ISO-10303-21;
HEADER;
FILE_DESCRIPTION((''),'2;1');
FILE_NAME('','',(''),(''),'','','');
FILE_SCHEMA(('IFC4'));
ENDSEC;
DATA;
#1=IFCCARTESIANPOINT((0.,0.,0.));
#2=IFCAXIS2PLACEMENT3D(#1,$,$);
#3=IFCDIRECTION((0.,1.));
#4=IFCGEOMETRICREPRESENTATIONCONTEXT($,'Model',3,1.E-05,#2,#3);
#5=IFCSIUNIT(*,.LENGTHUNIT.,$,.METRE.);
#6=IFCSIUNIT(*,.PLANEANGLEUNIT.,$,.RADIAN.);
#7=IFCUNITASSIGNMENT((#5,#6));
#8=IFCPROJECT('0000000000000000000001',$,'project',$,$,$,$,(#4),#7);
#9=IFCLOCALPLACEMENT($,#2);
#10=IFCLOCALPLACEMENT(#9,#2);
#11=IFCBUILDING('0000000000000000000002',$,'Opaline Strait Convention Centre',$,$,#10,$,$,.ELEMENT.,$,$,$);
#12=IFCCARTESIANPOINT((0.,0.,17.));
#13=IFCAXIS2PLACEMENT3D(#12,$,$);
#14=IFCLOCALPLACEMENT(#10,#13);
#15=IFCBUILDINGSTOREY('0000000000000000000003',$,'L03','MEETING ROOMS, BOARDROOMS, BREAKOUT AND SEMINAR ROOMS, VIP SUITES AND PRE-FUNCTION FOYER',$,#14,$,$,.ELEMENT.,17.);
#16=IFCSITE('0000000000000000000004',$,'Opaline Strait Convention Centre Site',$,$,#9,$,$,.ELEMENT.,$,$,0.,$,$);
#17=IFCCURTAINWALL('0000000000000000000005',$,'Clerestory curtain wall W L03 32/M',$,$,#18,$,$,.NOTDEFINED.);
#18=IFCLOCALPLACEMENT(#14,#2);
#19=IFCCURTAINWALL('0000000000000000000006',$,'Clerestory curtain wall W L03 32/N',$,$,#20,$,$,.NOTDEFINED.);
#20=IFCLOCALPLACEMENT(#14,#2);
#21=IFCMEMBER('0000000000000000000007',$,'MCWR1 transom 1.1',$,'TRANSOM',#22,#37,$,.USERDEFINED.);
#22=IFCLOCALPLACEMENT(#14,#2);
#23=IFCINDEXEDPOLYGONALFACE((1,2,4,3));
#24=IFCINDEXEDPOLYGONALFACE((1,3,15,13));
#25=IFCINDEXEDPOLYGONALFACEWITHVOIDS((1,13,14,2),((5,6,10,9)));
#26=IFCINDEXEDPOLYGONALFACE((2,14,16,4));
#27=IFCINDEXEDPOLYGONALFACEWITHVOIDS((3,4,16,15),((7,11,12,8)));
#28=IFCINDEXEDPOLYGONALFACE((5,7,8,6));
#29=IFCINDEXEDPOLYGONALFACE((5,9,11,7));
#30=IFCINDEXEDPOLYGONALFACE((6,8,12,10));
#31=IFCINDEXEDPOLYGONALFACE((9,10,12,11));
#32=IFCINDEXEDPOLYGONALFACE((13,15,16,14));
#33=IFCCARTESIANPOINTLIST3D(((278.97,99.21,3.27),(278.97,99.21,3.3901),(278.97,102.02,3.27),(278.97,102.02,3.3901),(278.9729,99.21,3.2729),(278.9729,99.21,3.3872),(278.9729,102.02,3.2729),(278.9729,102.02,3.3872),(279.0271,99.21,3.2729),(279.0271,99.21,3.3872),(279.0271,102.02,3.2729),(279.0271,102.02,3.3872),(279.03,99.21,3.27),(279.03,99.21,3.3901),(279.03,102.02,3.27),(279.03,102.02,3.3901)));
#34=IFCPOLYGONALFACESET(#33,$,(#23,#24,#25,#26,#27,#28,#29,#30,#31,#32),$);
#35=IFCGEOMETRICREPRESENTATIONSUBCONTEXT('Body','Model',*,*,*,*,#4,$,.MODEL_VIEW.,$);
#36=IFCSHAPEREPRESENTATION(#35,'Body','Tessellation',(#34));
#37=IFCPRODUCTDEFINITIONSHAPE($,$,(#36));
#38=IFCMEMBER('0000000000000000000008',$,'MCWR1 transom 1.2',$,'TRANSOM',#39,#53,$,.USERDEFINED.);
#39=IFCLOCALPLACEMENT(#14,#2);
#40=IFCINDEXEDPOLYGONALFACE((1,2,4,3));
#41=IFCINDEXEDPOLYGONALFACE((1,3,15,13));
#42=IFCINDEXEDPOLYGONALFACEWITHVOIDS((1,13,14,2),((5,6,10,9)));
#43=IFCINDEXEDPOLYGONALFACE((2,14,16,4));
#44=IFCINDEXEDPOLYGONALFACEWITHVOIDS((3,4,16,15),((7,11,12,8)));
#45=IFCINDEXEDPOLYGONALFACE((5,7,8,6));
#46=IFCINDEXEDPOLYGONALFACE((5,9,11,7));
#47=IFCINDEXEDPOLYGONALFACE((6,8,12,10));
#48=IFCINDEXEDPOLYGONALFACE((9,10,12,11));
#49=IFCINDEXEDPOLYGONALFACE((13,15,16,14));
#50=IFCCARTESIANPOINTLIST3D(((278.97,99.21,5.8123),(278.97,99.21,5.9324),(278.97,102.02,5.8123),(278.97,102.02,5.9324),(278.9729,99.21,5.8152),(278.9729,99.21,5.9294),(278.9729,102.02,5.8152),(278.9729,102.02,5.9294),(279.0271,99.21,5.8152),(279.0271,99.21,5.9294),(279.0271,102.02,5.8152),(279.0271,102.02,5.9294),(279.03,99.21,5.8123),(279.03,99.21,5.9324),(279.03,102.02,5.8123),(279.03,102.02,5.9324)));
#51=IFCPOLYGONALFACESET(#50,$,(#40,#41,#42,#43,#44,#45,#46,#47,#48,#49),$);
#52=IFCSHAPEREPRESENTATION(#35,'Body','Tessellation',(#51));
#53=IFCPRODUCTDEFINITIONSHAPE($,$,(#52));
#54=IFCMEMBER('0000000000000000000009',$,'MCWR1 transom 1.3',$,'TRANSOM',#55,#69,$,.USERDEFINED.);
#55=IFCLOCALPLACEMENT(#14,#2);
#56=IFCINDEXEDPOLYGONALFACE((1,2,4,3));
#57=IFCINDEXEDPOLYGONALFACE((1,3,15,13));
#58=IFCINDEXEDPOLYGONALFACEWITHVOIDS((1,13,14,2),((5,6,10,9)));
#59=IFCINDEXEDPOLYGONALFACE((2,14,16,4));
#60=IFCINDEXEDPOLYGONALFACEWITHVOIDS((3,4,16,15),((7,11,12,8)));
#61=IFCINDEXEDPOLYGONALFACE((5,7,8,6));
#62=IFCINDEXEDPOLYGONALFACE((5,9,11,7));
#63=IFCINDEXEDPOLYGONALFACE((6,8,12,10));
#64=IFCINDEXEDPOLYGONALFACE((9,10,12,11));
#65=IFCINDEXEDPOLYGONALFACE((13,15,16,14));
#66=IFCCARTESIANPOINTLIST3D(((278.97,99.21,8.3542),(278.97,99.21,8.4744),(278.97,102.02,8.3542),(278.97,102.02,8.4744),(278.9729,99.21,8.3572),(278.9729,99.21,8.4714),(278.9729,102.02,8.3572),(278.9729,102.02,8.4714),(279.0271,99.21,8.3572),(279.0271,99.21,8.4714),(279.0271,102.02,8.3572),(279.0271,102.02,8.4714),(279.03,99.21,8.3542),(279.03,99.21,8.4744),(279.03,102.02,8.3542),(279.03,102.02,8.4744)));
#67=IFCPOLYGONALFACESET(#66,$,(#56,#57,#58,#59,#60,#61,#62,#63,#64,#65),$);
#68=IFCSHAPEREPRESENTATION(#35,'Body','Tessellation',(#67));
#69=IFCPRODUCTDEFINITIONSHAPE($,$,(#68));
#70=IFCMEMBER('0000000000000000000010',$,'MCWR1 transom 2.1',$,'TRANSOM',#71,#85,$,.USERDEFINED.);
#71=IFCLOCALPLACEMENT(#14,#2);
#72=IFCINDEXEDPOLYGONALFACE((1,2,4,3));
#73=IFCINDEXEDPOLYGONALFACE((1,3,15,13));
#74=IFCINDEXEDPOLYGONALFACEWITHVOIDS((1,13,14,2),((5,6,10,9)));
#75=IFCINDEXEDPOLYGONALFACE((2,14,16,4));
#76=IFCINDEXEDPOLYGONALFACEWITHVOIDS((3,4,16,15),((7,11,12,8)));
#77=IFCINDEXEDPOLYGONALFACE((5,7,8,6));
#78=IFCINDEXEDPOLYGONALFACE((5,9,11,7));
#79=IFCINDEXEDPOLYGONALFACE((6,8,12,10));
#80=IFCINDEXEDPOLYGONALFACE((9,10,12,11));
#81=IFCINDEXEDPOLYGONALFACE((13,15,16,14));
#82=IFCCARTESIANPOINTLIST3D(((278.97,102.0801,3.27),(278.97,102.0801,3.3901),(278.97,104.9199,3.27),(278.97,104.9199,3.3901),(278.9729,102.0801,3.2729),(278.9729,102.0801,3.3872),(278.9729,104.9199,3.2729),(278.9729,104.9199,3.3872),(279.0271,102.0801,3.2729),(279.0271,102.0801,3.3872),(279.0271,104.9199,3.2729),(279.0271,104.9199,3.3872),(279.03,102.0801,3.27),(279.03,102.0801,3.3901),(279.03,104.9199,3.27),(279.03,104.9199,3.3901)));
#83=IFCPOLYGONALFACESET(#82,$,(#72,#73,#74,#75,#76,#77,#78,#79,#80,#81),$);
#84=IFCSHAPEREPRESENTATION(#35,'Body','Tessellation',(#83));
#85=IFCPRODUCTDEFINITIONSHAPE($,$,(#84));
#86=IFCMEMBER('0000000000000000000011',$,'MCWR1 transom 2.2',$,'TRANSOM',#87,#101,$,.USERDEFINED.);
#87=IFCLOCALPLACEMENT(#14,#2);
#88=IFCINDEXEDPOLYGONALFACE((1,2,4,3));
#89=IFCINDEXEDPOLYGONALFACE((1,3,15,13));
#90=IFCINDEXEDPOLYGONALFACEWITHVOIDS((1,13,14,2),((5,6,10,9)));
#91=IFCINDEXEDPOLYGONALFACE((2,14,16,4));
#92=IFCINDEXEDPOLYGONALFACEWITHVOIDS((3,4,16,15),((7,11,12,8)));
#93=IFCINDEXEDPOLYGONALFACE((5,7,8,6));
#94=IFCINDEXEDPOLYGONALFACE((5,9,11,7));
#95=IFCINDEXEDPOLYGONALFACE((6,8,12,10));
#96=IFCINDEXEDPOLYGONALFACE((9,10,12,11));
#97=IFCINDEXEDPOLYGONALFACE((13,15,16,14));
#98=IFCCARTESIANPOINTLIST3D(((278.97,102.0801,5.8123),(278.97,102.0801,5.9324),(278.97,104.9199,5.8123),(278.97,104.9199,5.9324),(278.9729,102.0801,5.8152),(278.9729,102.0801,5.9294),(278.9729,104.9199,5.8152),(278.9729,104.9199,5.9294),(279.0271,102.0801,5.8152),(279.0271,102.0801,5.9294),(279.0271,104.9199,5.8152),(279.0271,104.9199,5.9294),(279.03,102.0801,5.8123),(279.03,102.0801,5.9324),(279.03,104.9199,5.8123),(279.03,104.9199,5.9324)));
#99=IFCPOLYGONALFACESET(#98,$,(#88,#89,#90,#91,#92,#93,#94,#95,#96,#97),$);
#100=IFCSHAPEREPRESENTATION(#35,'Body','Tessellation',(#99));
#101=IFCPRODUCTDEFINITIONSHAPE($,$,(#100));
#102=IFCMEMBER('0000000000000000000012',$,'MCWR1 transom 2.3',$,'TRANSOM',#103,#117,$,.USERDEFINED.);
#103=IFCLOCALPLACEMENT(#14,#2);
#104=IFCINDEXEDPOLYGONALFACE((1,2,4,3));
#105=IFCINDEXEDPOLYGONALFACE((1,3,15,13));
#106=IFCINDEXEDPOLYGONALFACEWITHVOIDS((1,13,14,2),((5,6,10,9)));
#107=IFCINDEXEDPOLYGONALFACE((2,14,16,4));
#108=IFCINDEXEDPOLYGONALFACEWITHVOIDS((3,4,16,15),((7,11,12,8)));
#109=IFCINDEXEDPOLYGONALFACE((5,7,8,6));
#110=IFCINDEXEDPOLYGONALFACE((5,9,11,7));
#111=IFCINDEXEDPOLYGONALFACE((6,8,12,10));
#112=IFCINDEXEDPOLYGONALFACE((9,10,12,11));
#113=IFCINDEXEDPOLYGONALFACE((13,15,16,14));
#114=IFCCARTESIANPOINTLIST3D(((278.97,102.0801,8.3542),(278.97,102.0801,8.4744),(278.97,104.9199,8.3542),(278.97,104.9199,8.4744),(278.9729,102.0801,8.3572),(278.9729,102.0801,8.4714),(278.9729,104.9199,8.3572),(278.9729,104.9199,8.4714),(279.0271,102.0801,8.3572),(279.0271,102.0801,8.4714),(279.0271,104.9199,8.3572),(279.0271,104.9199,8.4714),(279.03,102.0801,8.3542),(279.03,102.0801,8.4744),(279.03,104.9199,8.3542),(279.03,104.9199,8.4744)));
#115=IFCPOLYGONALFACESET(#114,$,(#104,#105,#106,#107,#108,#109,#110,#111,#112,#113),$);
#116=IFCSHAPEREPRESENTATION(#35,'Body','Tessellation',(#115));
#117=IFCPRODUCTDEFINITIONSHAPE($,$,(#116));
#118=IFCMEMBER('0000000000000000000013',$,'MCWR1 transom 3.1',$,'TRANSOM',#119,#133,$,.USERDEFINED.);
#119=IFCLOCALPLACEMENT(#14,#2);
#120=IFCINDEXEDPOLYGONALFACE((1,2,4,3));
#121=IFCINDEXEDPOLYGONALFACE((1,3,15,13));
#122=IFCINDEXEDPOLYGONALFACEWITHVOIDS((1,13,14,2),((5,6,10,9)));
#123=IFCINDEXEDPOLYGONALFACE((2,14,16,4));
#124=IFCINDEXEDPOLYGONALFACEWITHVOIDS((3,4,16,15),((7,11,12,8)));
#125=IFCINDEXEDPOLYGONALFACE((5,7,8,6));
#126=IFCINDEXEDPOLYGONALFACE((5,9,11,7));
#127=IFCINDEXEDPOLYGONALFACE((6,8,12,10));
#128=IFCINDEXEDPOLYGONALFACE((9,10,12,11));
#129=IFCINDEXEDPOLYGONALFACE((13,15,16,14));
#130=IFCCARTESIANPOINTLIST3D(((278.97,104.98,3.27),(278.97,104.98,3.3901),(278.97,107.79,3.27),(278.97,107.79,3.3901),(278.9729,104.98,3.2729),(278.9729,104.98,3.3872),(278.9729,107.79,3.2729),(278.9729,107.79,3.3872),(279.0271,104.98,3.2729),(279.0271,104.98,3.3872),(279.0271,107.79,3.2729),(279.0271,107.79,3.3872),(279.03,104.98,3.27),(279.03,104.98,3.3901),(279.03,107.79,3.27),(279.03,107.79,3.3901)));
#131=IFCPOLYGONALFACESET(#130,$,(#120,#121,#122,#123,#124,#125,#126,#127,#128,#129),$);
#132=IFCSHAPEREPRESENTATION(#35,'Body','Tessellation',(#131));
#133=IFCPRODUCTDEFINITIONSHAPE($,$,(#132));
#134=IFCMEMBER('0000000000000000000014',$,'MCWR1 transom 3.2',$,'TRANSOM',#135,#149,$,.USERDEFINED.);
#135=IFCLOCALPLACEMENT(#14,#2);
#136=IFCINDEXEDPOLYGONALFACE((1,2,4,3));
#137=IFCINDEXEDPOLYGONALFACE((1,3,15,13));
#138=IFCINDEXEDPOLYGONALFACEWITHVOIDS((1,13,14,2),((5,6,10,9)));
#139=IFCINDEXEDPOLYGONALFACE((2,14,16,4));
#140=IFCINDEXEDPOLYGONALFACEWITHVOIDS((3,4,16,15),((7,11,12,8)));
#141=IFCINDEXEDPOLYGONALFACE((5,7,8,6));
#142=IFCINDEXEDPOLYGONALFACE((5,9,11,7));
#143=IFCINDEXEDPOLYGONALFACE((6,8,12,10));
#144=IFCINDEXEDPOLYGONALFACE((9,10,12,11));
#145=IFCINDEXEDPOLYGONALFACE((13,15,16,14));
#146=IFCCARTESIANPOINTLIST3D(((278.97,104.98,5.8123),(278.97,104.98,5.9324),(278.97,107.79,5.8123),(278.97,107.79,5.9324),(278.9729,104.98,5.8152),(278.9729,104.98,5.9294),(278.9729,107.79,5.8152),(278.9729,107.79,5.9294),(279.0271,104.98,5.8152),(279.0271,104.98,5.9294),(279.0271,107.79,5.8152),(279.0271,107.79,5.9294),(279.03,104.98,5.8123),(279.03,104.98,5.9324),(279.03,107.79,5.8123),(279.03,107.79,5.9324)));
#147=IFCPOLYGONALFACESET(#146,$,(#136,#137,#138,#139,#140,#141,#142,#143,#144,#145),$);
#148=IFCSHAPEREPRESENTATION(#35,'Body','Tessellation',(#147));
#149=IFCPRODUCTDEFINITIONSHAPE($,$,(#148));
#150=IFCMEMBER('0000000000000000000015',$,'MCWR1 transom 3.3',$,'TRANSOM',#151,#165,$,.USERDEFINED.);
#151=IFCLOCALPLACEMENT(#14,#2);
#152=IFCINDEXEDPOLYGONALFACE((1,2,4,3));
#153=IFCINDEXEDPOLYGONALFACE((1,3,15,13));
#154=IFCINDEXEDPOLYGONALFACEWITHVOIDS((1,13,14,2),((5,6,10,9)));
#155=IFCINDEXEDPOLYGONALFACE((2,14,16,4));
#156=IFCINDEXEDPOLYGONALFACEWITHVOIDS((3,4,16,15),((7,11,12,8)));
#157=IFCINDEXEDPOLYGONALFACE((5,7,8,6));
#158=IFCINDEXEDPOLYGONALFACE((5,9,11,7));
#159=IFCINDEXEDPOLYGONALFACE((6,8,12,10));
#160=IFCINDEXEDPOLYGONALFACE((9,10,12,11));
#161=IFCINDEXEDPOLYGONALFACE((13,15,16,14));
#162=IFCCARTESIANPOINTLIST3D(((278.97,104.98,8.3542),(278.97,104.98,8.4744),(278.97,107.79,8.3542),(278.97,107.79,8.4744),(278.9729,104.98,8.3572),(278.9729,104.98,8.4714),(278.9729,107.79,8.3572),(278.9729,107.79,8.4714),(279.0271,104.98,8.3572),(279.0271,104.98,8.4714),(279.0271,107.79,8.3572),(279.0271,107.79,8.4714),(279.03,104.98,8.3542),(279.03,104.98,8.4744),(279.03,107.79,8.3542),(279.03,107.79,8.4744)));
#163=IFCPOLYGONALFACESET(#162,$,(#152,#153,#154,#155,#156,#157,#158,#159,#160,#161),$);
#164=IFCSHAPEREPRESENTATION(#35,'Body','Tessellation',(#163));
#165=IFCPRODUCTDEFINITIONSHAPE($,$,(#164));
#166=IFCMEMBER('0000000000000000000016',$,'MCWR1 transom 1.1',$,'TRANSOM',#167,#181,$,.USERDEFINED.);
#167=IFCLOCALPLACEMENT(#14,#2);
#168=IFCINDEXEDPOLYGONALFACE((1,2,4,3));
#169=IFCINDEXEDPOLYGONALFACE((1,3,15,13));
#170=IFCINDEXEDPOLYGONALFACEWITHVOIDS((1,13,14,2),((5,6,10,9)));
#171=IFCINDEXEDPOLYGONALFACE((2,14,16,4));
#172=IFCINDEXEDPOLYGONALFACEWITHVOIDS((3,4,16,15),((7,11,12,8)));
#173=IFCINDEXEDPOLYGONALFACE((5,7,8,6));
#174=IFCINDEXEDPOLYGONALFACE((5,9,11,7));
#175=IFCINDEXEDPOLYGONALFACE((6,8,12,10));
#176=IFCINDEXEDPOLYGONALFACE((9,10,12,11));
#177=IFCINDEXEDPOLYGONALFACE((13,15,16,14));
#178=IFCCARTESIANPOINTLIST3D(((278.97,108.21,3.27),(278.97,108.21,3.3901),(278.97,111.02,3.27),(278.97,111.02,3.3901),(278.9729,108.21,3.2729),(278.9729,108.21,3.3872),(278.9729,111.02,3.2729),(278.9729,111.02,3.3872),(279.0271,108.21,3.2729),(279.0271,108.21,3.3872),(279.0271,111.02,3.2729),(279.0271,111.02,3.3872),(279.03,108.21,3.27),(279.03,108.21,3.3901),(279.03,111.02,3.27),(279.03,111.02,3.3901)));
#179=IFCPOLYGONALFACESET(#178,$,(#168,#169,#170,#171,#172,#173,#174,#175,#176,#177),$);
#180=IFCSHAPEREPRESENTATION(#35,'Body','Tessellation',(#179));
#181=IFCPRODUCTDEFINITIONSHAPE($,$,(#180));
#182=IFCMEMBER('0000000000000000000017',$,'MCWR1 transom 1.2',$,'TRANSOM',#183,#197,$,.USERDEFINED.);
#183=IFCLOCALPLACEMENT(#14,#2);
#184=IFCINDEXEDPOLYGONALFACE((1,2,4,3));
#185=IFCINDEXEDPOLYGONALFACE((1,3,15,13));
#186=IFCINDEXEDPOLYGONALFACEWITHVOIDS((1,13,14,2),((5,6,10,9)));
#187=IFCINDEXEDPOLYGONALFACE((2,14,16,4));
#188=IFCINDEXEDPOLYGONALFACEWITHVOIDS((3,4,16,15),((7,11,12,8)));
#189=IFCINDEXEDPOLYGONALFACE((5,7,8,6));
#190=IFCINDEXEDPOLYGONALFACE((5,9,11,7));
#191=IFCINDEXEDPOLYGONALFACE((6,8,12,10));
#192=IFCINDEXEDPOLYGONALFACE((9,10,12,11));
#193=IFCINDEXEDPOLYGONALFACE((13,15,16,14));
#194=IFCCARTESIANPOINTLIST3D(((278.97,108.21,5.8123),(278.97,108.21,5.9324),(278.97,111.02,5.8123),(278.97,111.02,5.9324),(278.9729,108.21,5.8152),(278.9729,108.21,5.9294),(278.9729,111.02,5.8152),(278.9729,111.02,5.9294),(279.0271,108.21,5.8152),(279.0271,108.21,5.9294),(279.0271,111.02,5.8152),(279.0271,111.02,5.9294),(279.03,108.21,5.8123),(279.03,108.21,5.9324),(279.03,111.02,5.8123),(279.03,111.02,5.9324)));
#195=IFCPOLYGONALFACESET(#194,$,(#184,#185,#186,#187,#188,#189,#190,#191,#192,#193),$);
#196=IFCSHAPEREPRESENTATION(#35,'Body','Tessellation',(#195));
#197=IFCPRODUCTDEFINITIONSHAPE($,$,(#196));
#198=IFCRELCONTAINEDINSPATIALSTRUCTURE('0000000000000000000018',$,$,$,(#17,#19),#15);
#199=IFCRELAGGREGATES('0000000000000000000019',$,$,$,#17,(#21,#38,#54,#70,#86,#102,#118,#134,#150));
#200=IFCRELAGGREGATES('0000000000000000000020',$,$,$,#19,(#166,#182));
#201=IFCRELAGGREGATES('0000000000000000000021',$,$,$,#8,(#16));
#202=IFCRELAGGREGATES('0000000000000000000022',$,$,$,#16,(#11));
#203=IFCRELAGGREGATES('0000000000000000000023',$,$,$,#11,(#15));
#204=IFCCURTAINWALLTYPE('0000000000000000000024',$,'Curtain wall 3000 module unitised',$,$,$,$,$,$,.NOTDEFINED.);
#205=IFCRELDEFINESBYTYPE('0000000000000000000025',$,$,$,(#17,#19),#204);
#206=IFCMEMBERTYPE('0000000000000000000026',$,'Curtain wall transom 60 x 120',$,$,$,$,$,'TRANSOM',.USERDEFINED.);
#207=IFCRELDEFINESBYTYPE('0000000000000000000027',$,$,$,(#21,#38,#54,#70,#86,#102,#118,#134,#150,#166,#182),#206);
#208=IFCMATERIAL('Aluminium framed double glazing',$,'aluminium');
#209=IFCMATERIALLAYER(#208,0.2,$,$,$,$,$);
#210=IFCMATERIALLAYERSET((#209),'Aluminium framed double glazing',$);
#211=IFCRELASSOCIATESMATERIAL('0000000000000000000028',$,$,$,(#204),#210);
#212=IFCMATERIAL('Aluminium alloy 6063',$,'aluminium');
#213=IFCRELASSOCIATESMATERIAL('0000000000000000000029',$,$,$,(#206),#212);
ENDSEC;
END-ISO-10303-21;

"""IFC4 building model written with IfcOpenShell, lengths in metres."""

from ifc_helpers import new_model, si_unit, direction, frame, origin, origin_2d, place, context, subcontext, project, spatial, hollow_rectangle, extrude, material, layer, layer_set, material_profile, profile_set, type_object, element, aggregate, save


model = new_model("IFC4")

# Units and contexts
model_context = context("Model", 3, precision=1e-05, world=origin(), true_north=direction((0.0, 1.0)))
body_context = subcontext(model_context, "Body", "Model", "MODEL_VIEW")
ifc_project = project(units=[si_unit("LENGTHUNIT", "METRE"), si_unit("PLANEANGLEUNIT", "RADIAN")], contexts=[model_context])

# Site, building, storey
site_placement = place(None, origin())
site = spatial("IfcSite", under=ifc_project, at=site_placement, Name="Opaline Strait Convention Centre Site", CompositionType="ELEMENT", RefElevation=0.0)
building_placement = place(site_placement, origin())
building = spatial("IfcBuilding", under=site, at=building_placement, Name="Opaline Strait Convention Centre", CompositionType="ELEMENT")
storey_placement = place(building_placement, frame((0.0, 0.0, 17.0)))
storey = spatial("IfcBuildingStorey", under=building, at=storey_placement, Name="L03", Description="MEETING ROOMS, BOARDROOMS, BREAKOUT AND SEMINAR ROOMS, VIP SUITES AND PRE-FUNCTION FOYER", CompositionType="ELEMENT", Elevation=17.0)

# Curtain walls
ifc_material_1 = material(Name="Aluminium framed double glazing", Category="aluminium")
ifc_layer_1 = layer(ifc_material_1, 0.2)
ifc_layer_set_1 = layer_set([ifc_layer_1], Name="Aluminium framed double glazing")
curtain_wall_type = type_object("IfcCurtainWallType", Name="Curtain wall 3000 module unitised", PredefinedType="NOTDEFINED", material=ifc_layer_set_1)
curtain_wall_1_placement = place(storey_placement, origin())
curtain_wall_1 = element("IfcCurtainWall", 1, at=curtain_wall_1_placement, inside=storey, type_object=curtain_wall_type, Name="Clerestory curtain wall W L03 32/M", PredefinedType="NOTDEFINED")
ifc_material_2 = material(Name="Aluminium alloy 6063", Category="aluminium")
curtain_wall_2_placement = place(storey_placement, origin())
curtain_wall_2 = element("IfcCurtainWall", 2, at=curtain_wall_2_placement, inside=storey, type_object=curtain_wall_type, Name="Clerestory curtain wall W L03 32/N", PredefinedType="NOTDEFINED")

# Members
ifc_material_profile_1 = material_profile(ifc_material_2, hollow_rectangle(XDim=0.0601, YDim=0.1201, WallThickness=0.0029, at=origin_2d()), Name="TRANSOM 60x120x3")
ifc_profile_set_1 = profile_set([ifc_material_profile_1], Name="Aluminium alloy 6063")
member_type_1 = type_object("IfcMemberType", Name="Curtain wall transom 60 x 120", ElementType="TRANSOM", PredefinedType="USERDEFINED", material=ifc_profile_set_1)
member_1_placement = place(storey_placement, frame((279.0, 99.21, 3.3301), z_axis=(0.0, 1.0, 0.0), x_axis=(-1.0, 0.0, 0.0)))
member_1 = element("IfcMember", 3, at=member_1_placement, type_object=member_type_1, Name="MCWR1 transom 1.1", ObjectType="TRANSOM", PredefinedType="USERDEFINED", context=body_context, shape_type="SweptSolid", body=[
    extrude(hollow_rectangle(XDim=0.0601, YDim=0.1201, WallThickness=0.0029, at=origin_2d()), origin(), (0.0, 0.0, 1.0), 2.8101),
])
member_2_placement = place(storey_placement, frame((279.0, 99.21, 5.8723), z_axis=(0.0, 1.0, 0.0), x_axis=(-1.0, 0.0, 0.0)))
member_2 = element("IfcMember", 4, at=member_2_placement, type_object=member_type_1, Name="MCWR1 transom 1.2", ObjectType="TRANSOM", PredefinedType="USERDEFINED", context=body_context, shape_type="SweptSolid", body=[
    extrude(hollow_rectangle(XDim=0.0601, YDim=0.1201, WallThickness=0.0029, at=origin_2d()), origin(), (0.0, 0.0, 1.0), 2.8101),
])
member_3_placement = place(storey_placement, frame((279.0, 99.21, 8.4143), z_axis=(0.0, 1.0, 0.0), x_axis=(-1.0, 0.0, 0.0)))
member_3 = element("IfcMember", 5, at=member_3_placement, type_object=member_type_1, Name="MCWR1 transom 1.3", ObjectType="TRANSOM", PredefinedType="USERDEFINED", context=body_context, shape_type="SweptSolid", body=[
    extrude(hollow_rectangle(XDim=0.0601, YDim=0.1201, WallThickness=0.0029, at=origin_2d()), origin(), (0.0, 0.0, 1.0), 2.8101),
])
member_4_placement = place(storey_placement, frame((279.0, 102.0801, 3.3301), z_axis=(0.0, 1.0, 0.0), x_axis=(-1.0, 0.0, 0.0)))
member_4 = element("IfcMember", 6, at=member_4_placement, type_object=member_type_1, Name="MCWR1 transom 2.1", ObjectType="TRANSOM", PredefinedType="USERDEFINED", context=body_context, shape_type="SweptSolid", body=[
    extrude(hollow_rectangle(XDim=0.0601, YDim=0.1201, WallThickness=0.0029, at=origin_2d()), origin(), (0.0, 0.0, 1.0), 2.8398),
])
member_5_placement = place(storey_placement, frame((279.0, 102.0801, 5.8723), z_axis=(0.0, 1.0, 0.0), x_axis=(-1.0, 0.0, 0.0)))
member_5 = element("IfcMember", 7, at=member_5_placement, type_object=member_type_1, Name="MCWR1 transom 2.2", ObjectType="TRANSOM", PredefinedType="USERDEFINED", context=body_context, shape_type="SweptSolid", body=[
    extrude(hollow_rectangle(XDim=0.0601, YDim=0.1201, WallThickness=0.0029, at=origin_2d()), origin(), (0.0, 0.0, 1.0), 2.8398),
])
member_6_placement = place(storey_placement, frame((279.0, 102.0801, 8.4143), z_axis=(0.0, 1.0, 0.0), x_axis=(-1.0, 0.0, 0.0)))
member_6 = element("IfcMember", 8, at=member_6_placement, type_object=member_type_1, Name="MCWR1 transom 2.3", ObjectType="TRANSOM", PredefinedType="USERDEFINED", context=body_context, shape_type="SweptSolid", body=[
    extrude(hollow_rectangle(XDim=0.0601, YDim=0.1201, WallThickness=0.0029, at=origin_2d()), origin(), (0.0, 0.0, 1.0), 2.8398),
])
member_7_placement = place(storey_placement, frame((279.0, 104.98, 3.3301), z_axis=(0.0, 1.0, 0.0), x_axis=(-1.0, 0.0, 0.0)))
member_7 = element("IfcMember", 9, at=member_7_placement, type_object=member_type_1, Name="MCWR1 transom 3.1", ObjectType="TRANSOM", PredefinedType="USERDEFINED", context=body_context, shape_type="SweptSolid", body=[
    extrude(hollow_rectangle(XDim=0.0601, YDim=0.1201, WallThickness=0.0029, at=origin_2d()), origin(), (0.0, 0.0, 1.0), 2.8101),
])
member_8_placement = place(storey_placement, frame((279.0, 104.98, 5.8723), z_axis=(0.0, 1.0, 0.0), x_axis=(-1.0, 0.0, 0.0)))
member_8 = element("IfcMember", 10, at=member_8_placement, type_object=member_type_1, Name="MCWR1 transom 3.2", ObjectType="TRANSOM", PredefinedType="USERDEFINED", context=body_context, shape_type="SweptSolid", body=[
    extrude(hollow_rectangle(XDim=0.0601, YDim=0.1201, WallThickness=0.0029, at=origin_2d()), origin(), (0.0, 0.0, 1.0), 2.8101),
])
member_9_placement = place(storey_placement, frame((279.0, 104.98, 8.4143), z_axis=(0.0, 1.0, 0.0), x_axis=(-1.0, 0.0, 0.0)))
member_9 = element("IfcMember", 11, at=member_9_placement, type_object=member_type_1, Name="MCWR1 transom 3.3", ObjectType="TRANSOM", PredefinedType="USERDEFINED", context=body_context, shape_type="SweptSolid", body=[
    extrude(hollow_rectangle(XDim=0.0601, YDim=0.1201, WallThickness=0.0029, at=origin_2d()), origin(), (0.0, 0.0, 1.0), 2.8101),
])
member_10_placement = place(storey_placement, frame((279.0, 108.21, 3.3301), z_axis=(0.0, 1.0, 0.0), x_axis=(-1.0, 0.0, 0.0)))
member_10 = element("IfcMember", 12, at=member_10_placement, type_object=member_type_1, Name="MCWR1 transom 1.1", ObjectType="TRANSOM", PredefinedType="USERDEFINED", context=body_context, shape_type="SweptSolid", body=[
    extrude(hollow_rectangle(XDim=0.0601, YDim=0.1201, WallThickness=0.0029, at=origin_2d()), origin(), (0.0, 0.0, 1.0), 2.8101),
])
member_11_placement = place(storey_placement, frame((279.0, 108.21, 5.8723), z_axis=(0.0, 1.0, 0.0), x_axis=(-1.0, 0.0, 0.0)))
member_11 = element("IfcMember", 13, at=member_11_placement, type_object=member_type_1, Name="MCWR1 transom 1.2", ObjectType="TRANSOM", PredefinedType="USERDEFINED", context=body_context, shape_type="SweptSolid", body=[
    extrude(hollow_rectangle(XDim=0.0601, YDim=0.1201, WallThickness=0.0029, at=origin_2d()), origin(), (0.0, 0.0, 1.0), 2.8101),
])

aggregate(curtain_wall_1, [member_1, member_2, member_3, member_4, member_5, member_6, member_7, member_8, member_9])
aggregate(curtain_wall_2, [member_10, member_11])

save(model, "model.ifc")
